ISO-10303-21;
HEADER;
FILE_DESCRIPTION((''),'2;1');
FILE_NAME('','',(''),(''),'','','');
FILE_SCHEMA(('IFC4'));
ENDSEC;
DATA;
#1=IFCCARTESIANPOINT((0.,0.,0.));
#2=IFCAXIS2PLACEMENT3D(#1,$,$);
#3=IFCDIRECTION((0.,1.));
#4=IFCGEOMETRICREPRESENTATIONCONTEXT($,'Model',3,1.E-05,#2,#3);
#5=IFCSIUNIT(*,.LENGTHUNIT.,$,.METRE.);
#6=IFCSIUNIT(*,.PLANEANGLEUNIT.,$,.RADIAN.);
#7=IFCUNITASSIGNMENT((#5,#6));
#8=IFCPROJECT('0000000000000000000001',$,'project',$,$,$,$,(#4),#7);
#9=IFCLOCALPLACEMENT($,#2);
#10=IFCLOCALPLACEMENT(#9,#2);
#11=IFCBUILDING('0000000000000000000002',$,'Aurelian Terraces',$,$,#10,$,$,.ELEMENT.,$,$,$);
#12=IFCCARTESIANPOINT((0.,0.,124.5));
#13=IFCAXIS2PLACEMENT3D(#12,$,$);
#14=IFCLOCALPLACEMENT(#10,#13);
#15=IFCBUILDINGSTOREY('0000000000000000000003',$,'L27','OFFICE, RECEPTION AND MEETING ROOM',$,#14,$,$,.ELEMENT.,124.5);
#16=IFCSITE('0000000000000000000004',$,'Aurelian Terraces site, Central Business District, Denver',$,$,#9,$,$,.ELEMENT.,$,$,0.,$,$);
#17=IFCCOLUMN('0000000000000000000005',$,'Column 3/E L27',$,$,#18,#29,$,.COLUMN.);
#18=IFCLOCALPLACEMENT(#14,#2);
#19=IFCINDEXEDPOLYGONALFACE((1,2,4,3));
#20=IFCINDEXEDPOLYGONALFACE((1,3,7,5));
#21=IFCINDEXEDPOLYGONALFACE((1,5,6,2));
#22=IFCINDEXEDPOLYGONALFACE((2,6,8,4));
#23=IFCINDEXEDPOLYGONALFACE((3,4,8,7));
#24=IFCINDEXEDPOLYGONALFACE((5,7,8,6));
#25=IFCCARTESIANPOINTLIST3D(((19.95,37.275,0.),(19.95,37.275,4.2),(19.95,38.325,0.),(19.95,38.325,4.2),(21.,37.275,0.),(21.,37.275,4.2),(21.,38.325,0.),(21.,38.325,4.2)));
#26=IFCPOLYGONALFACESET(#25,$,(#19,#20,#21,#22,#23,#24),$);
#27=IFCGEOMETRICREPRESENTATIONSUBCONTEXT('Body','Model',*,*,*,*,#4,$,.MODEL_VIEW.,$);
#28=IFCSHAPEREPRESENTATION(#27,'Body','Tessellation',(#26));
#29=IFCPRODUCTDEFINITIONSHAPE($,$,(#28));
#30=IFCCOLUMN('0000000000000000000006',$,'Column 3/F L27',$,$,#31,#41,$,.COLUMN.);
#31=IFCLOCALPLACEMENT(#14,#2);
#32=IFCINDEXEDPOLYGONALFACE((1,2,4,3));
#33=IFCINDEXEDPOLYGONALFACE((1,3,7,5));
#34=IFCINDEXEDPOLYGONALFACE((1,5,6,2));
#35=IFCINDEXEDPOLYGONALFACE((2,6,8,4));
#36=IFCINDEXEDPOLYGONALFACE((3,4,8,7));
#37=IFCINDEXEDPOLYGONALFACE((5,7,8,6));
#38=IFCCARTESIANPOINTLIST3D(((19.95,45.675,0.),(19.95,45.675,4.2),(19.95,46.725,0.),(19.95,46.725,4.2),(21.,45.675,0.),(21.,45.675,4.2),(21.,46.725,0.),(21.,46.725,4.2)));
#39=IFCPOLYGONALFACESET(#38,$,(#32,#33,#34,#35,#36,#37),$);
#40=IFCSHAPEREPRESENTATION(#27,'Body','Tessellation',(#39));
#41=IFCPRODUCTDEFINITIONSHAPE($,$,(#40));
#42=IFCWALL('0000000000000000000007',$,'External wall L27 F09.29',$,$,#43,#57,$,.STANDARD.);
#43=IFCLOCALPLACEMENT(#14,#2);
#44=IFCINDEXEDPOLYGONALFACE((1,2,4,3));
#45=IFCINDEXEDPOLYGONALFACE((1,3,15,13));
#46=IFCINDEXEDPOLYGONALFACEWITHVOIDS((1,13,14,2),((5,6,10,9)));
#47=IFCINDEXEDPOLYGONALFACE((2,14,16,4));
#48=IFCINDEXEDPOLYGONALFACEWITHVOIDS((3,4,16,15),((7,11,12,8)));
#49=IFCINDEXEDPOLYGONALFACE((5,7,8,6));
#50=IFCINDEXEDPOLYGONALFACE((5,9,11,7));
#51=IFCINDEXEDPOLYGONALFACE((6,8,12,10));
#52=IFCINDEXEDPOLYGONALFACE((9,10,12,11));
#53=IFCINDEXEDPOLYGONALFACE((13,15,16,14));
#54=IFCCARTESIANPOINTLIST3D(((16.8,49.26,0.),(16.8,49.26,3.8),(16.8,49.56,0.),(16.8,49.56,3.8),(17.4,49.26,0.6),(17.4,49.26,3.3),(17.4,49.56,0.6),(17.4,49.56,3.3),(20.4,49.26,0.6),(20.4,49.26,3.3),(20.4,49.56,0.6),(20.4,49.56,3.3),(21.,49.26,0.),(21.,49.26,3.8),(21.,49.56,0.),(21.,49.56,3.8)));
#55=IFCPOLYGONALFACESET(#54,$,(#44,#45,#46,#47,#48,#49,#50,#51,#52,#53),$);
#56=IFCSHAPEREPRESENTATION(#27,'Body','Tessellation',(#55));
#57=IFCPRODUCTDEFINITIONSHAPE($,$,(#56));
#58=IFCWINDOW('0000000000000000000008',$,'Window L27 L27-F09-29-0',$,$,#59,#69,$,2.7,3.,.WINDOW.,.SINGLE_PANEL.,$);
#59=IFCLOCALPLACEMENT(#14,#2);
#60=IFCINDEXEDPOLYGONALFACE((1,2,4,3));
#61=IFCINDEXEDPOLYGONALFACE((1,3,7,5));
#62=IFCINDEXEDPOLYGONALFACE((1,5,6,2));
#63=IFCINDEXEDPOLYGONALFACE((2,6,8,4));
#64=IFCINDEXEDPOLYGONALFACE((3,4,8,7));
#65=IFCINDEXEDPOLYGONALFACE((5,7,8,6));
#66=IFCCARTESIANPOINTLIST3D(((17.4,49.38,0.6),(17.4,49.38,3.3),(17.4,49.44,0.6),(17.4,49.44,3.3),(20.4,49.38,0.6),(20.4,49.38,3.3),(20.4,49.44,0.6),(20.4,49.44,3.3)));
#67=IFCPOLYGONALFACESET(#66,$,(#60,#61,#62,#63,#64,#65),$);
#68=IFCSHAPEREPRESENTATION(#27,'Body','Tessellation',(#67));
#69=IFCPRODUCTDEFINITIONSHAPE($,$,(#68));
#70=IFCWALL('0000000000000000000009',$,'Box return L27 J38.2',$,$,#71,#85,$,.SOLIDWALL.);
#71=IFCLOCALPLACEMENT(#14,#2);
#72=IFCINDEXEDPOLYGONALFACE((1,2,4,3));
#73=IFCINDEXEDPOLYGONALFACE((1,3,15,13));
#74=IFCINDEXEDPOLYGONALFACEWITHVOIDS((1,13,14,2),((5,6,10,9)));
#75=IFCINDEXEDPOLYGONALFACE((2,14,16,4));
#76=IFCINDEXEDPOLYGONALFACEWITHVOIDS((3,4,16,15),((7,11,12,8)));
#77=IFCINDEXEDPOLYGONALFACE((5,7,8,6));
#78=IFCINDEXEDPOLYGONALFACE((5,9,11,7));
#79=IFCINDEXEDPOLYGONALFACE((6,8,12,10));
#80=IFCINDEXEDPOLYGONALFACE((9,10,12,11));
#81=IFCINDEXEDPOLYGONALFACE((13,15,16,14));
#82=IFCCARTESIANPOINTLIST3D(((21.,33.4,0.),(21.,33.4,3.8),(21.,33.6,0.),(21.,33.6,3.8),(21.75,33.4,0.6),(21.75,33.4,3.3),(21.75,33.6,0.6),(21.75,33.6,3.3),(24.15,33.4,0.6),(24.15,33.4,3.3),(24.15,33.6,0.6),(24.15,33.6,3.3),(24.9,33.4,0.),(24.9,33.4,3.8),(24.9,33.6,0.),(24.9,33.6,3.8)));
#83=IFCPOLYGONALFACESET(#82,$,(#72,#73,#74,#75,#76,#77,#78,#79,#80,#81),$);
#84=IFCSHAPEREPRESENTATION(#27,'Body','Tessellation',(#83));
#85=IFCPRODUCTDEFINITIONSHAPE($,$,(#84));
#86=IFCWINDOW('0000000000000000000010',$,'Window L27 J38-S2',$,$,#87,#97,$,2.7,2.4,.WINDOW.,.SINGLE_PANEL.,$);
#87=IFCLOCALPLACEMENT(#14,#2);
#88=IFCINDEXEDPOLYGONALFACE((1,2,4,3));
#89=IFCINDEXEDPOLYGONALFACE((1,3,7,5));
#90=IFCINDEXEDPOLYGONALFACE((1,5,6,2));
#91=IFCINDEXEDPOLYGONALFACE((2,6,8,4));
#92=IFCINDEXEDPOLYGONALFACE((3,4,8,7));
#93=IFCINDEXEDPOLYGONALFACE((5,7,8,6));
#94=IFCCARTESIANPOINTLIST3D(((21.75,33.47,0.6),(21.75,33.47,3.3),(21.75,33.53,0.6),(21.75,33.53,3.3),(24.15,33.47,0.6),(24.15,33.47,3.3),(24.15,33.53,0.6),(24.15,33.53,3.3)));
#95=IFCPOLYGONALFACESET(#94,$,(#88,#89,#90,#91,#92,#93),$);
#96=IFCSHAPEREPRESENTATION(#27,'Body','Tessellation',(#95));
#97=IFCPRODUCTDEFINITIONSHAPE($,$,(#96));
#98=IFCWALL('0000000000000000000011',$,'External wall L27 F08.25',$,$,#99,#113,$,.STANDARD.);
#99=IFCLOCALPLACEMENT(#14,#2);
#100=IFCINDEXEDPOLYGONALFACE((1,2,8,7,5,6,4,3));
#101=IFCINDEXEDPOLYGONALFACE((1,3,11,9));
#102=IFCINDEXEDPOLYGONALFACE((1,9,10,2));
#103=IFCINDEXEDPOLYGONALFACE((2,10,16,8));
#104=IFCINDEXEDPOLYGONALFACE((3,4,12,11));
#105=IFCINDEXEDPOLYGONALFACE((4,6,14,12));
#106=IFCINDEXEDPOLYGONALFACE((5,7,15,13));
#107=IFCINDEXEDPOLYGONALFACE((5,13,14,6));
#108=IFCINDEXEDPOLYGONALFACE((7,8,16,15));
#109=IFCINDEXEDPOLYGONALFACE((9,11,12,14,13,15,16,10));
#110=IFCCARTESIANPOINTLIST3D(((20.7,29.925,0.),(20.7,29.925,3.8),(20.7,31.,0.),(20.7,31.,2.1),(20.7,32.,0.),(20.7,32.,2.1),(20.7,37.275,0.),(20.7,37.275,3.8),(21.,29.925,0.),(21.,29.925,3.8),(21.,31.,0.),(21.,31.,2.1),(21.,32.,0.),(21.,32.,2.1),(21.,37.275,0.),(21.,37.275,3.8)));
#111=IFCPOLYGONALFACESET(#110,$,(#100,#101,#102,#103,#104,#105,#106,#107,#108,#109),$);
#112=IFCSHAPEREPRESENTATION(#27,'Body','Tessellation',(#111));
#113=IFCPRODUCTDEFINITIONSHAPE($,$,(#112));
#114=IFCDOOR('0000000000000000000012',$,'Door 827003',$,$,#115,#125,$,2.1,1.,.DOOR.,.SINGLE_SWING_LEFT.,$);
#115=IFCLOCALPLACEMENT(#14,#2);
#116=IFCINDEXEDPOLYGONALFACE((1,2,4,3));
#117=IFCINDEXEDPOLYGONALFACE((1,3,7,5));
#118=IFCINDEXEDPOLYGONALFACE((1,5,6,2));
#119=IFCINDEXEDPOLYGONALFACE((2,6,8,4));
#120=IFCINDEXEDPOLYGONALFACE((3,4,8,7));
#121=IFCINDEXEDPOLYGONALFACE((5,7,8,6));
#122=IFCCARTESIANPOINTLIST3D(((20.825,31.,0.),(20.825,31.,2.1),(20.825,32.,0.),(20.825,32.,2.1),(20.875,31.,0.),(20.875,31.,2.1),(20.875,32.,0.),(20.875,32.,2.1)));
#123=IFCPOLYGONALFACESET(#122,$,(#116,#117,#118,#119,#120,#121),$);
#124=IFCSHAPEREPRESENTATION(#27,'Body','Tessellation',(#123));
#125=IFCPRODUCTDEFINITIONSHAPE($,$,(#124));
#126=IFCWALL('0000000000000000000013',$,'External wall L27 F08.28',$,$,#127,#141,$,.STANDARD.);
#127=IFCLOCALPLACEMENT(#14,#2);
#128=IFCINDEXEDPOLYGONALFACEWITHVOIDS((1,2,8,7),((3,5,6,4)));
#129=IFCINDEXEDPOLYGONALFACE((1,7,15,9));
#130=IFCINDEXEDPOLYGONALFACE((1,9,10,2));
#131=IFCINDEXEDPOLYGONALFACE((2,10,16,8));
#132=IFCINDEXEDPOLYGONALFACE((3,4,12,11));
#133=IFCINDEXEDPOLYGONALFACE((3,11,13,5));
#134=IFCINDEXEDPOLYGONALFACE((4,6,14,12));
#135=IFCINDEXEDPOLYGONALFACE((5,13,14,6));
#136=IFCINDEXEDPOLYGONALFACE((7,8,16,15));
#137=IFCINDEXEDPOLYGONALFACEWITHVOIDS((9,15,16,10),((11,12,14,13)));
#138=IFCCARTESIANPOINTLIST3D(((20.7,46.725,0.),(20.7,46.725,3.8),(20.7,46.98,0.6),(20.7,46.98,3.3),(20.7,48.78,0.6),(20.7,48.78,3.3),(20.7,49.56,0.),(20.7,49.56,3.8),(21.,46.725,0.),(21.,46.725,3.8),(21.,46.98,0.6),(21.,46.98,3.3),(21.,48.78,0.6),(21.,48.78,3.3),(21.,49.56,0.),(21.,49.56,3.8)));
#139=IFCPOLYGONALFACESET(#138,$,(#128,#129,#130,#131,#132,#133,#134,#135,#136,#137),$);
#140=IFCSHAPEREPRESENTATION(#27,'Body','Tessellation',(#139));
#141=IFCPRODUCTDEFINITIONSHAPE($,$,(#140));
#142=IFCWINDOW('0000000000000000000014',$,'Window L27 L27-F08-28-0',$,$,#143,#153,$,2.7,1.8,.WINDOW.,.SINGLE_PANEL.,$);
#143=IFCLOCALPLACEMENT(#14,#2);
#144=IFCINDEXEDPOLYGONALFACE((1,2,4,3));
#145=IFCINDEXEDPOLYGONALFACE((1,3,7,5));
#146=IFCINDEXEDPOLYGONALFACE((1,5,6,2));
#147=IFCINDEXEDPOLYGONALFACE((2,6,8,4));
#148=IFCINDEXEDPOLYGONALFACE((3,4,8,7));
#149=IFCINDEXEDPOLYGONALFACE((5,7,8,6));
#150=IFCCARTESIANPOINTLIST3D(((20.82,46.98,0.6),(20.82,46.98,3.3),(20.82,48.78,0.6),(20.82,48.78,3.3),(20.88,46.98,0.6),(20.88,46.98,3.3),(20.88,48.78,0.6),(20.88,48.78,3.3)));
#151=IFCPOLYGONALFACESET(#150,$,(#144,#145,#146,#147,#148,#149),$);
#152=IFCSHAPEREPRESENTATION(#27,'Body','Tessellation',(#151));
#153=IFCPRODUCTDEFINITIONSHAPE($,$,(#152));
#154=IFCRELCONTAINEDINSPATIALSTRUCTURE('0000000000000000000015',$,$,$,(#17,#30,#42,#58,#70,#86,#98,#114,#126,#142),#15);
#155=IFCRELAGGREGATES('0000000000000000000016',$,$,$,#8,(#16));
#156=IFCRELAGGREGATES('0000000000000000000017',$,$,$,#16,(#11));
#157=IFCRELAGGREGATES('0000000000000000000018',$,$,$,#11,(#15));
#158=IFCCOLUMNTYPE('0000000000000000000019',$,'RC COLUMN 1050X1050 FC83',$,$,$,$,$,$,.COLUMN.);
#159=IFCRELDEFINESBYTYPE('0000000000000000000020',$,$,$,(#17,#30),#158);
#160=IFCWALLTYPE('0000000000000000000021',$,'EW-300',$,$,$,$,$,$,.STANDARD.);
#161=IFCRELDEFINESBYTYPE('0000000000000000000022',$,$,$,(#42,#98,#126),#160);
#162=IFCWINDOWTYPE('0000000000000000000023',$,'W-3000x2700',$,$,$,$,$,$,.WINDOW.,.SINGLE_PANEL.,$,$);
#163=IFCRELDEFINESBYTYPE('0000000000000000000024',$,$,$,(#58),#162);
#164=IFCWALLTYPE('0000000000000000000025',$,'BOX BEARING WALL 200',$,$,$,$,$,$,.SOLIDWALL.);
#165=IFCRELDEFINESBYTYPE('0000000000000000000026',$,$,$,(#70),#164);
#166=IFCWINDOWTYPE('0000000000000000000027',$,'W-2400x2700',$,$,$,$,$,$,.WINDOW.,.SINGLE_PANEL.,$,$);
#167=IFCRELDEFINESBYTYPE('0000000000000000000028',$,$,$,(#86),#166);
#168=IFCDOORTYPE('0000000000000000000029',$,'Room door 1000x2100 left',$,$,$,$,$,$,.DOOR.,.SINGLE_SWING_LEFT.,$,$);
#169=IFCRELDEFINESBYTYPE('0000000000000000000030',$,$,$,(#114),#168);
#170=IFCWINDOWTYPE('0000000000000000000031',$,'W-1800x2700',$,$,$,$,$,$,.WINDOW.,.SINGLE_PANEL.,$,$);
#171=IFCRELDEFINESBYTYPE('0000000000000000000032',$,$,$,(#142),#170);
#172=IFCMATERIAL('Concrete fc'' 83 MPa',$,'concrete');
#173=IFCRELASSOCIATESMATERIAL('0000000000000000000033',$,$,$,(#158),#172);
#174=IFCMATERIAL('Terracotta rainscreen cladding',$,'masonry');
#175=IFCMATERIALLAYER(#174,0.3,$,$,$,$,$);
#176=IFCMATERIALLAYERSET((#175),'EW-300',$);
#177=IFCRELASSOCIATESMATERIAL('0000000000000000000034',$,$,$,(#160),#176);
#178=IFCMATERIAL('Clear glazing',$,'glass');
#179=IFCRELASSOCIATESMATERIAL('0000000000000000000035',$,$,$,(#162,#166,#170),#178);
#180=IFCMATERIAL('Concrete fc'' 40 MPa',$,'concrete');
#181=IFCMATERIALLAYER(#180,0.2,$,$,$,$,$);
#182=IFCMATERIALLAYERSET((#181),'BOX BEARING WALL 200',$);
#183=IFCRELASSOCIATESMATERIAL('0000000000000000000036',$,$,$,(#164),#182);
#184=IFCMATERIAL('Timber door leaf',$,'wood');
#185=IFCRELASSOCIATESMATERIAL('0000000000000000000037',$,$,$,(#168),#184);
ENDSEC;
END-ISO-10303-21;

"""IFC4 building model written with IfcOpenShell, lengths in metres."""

from ifc_helpers import new_model, si_unit, direction, frame, frame_2d, origin, origin_2d, place, context, subcontext, project, spatial, rectangle, extrude, source, transform, mapped, material, layer, layer_set, material_profile, profile_set, type_object, element, fill, save


model = new_model("IFC4")

# Units and contexts
model_context = context("Model", 3, precision=1e-05, world=origin(), true_north=direction((0.0, 1.0)))
body_context = subcontext(model_context, "Body", "Model", "MODEL_VIEW")
ifc_project = project(units=[si_unit("LENGTHUNIT", "METRE"), si_unit("PLANEANGLEUNIT", "RADIAN")], contexts=[model_context])

# Site, building, storey
site_placement = place(None, origin())
site = spatial("IfcSite", under=ifc_project, at=site_placement, Name="Aurelian Terraces site, Central Business District, Denver", CompositionType="ELEMENT", RefElevation=0.0)
building_placement = place(site_placement, origin())
building = spatial("IfcBuilding", under=site, at=building_placement, Name="Aurelian Terraces", CompositionType="ELEMENT")
storey_placement = place(building_placement, frame((0.0, 0.0, 124.5)))
storey = spatial("IfcBuildingStorey", under=building, at=storey_placement, Name="L27", Description="OFFICE, RECEPTION AND MEETING ROOM", CompositionType="ELEMENT", Elevation=124.5)

# Columns
ifc_material_1 = material(Name="Concrete fc' 83 MPa", Category="concrete")
ifc_material_profile = material_profile(ifc_material_1, rectangle(XDim=1.05, YDim=1.05, at=origin_2d()))
ifc_profile_set = profile_set([ifc_material_profile], Name="Concrete fc' 83 MPa")
column_type = type_object("IfcColumnType", Name="RC COLUMN 1050X1050 FC83", PredefinedType="COLUMN", material=ifc_profile_set)
shared_shape_1 = source(origin(), body_context, "Body", "SweptSolid", [
    extrude(rectangle(XDim=1.05, YDim=1.05, at=origin_2d()), origin(), (0.0, 0.0, 1.0), 4.2),
])
for number, where, z_axis, x_axis, name in (
    (1, (20.475, 37.8, 0.0), (0.0, 0.0, 1.0), (1.0, 0.0, 0.0), "Column 3/E L27"),
    (2, (20.475, 46.2, 0.0), (0.0, 0.0, 1.0), (1.0, 0.0, 0.0), "Column 3/F L27"),
):
    element("IfcColumn", number, at=place(storey_placement, frame(where, z_axis=z_axis, x_axis=x_axis)), inside=storey, type_object=column_type, Name=name, PredefinedType="COLUMN", context=body_context, shape_type="MappedRepresentation", body=[
        mapped(shared_shape_1, transform((0.0, 0.0, 0.0), scale=1.0)),
    ])

# Walls, openings, windows
ifc_material_2 = material(Name="Terracotta rainscreen cladding", Category="masonry")
ifc_layer_1 = layer(ifc_material_2, 0.3)
ifc_layer_set_1 = layer_set([ifc_layer_1], Name="EW-300")
wall_type_1 = type_object("IfcWallType", Name="EW-300", PredefinedType="STANDARD", material=ifc_layer_set_1)
shared_shape_2 = source(origin(), body_context, "Body", "SweptSolid", [
    extrude(rectangle(XDim=4.2, YDim=0.3, at=frame_2d((2.1, 0.0))), origin(), (0.0, 0.0, 1.0), 3.8),
])
wall_1_placement = place(storey_placement, frame((21.0, 49.41, 0.0), z_axis=(0.0, 0.0, 1.0), x_axis=(-1.0, 0.0, 0.0)))
wall_1 = element("IfcWall", 3, at=wall_1_placement, inside=storey, type_object=wall_type_1, Name="External wall L27 F09.29", PredefinedType="STANDARD", context=body_context, shape_type="MappedRepresentation", body=[
    mapped(shared_shape_2, transform((0.0, 0.0, 0.0), scale=1.0)),
])
shared_shape_3 = source(origin(), body_context, "Body", "SweptSolid", [
    extrude(rectangle(XDim=3.0, YDim=2.7, at=frame_2d((1.5, 1.35))), frame((0.0, 0.16, 0.0), z_axis=(0.0, -1.0, 0.0), x_axis=(1.0, 0.0, 0.0)), (0.0, 0.0, 1.0), 0.32),
])
opening_1_placement = place(wall_1_placement, frame((0.6, 0.0, 0.6)))
opening_1 = element("IfcOpeningElement", 4, at=opening_1_placement, cuts=wall_1, PredefinedType="OPENING", context=body_context, shape_type="MappedRepresentation", body=[
    mapped(shared_shape_3, transform((0.0, 0.0, 0.0), scale=1.0)),
])
ifc_material_3 = material(Name="Clear glazing", Category="glass")
window_type_1 = type_object("IfcWindowType", Name="W-3000x2700", PartitioningType="SINGLE_PANEL", PredefinedType="WINDOW", material=ifc_material_3)
shared_shape_4 = source(origin(), body_context, "Body", "SweptSolid", [
    extrude(rectangle(XDim=3.0, YDim=2.7, at=frame_2d((1.5, 1.35))), frame((0.0, 0.03, 0.0), z_axis=(0.0, -1.0, 0.0), x_axis=(1.0, 0.0, 0.0)), (0.0, 0.0, 1.0), 0.06),
])
window_1_placement = place(opening_1_placement, origin())
window_1 = element("IfcWindow", 5, at=window_1_placement, inside=storey, type_object=window_type_1, Name="Window L27 L27-F09-29-0", OverallHeight=2.7, OverallWidth=3.0, PartitioningType="SINGLE_PANEL", PredefinedType="WINDOW", context=body_context, shape_type="MappedRepresentation", body=[
    mapped(shared_shape_4, transform((0.0, 0.0, 0.0), scale=1.0)),
])
fill(opening_1, window_1)
ifc_material_4 = material(Name="Concrete fc' 40 MPa", Category="concrete")
ifc_layer_2 = layer(ifc_material_4, 0.2)
ifc_layer_set_2 = layer_set([ifc_layer_2], Name="BOX BEARING WALL 200")
wall_type_2 = type_object("IfcWallType", Name="BOX BEARING WALL 200", PredefinedType="SOLIDWALL", material=ifc_layer_set_2)
shared_shape_5 = source(origin(), body_context, "Body", "SweptSolid", [
    extrude(rectangle(XDim=3.9, YDim=0.2, at=frame_2d((1.95, 0.0))), origin(), (0.0, 0.0, 1.0), 3.8),
])
wall_2_placement = place(storey_placement, frame((21.0, 33.5, 0.0), z_axis=(0.0, 0.0, 1.0), x_axis=(1.0, 0.0, 0.0)))
wall_2 = element("IfcWall", 6, at=wall_2_placement, inside=storey, type_object=wall_type_2, Name="Box return L27 J38.2", PredefinedType="SOLIDWALL", context=body_context, shape_type="MappedRepresentation", body=[
    mapped(shared_shape_5, transform((0.0, 0.0, 0.0), scale=1.0)),
])
shared_shape_6 = source(origin(), body_context, "Body", "SweptSolid", [
    extrude(rectangle(XDim=2.4, YDim=2.7, at=frame_2d((1.2, 1.35))), frame((0.0, 0.11, 0.0), z_axis=(0.0, -1.0, 0.0), x_axis=(1.0, 0.0, 0.0)), (0.0, 0.0, 1.0), 0.22),
])
opening_2_placement = place(wall_2_placement, frame((0.75, 0.0, 0.6)))
opening_2 = element("IfcOpeningElement", 7, at=opening_2_placement, cuts=wall_2, PredefinedType="OPENING", context=body_context, shape_type="MappedRepresentation", body=[
    mapped(shared_shape_6, transform((0.0, 0.0, 0.0), scale=1.0)),
])
window_type_2 = type_object("IfcWindowType", Name="W-2400x2700", PartitioningType="SINGLE_PANEL", PredefinedType="WINDOW", material=ifc_material_3)
shared_shape_7 = source(origin(), body_context, "Body", "SweptSolid", [
    extrude(rectangle(XDim=2.4, YDim=2.7, at=frame_2d((1.2, 1.35))), frame((0.0, 0.03, 0.0), z_axis=(0.0, -1.0, 0.0), x_axis=(1.0, 0.0, 0.0)), (0.0, 0.0, 1.0), 0.06),
])
window_2_placement = place(opening_2_placement, origin())
window_2 = element("IfcWindow", 8, at=window_2_placement, inside=storey, type_object=window_type_2, Name="Window L27 J38-S2", OverallHeight=2.7, OverallWidth=2.4, PartitioningType="SINGLE_PANEL", PredefinedType="WINDOW", context=body_context, shape_type="MappedRepresentation", body=[
    mapped(shared_shape_7, transform((0.0, 0.0, 0.0), scale=1.0)),
])
fill(opening_2, window_2)

# Wall, opening, door
shared_shape_8 = source(origin(), body_context, "Body", "SweptSolid", [
    extrude(rectangle(XDim=7.35, YDim=0.3, at=frame_2d((3.675, 0.0))), origin(), (0.0, 0.0, 1.0), 3.8),
])
wall_3_placement = place(storey_placement, frame((20.85, 29.925, 0.0), z_axis=(0.0, 0.0, 1.0), x_axis=(0.0, 1.0, 0.0)))
wall_3 = element("IfcWall", 9, at=wall_3_placement, inside=storey, type_object=wall_type_1, Name="External wall L27 F08.25", PredefinedType="STANDARD", context=body_context, shape_type="MappedRepresentation", body=[
    mapped(shared_shape_8, transform((0.0, 0.0, 0.0), scale=1.0)),
])
shared_shape_9 = source(origin(), body_context, "Body", "SweptSolid", [
    extrude(rectangle(XDim=1.0, YDim=2.1, at=frame_2d((0.5, 1.05))), frame((0.0, 0.16, 0.0), z_axis=(0.0, -1.0, 0.0), x_axis=(1.0, 0.0, 0.0)), (0.0, 0.0, 1.0), 0.32),
])
opening_3_placement = place(wall_3_placement, frame((1.075, 0.0, 0.0)))
opening_3 = element("IfcOpeningElement", 10, at=opening_3_placement, cuts=wall_3, PredefinedType="OPENING", context=body_context, shape_type="MappedRepresentation", body=[
    mapped(shared_shape_9, transform((0.0, 0.0, 0.0), scale=1.0)),
])
ifc_material_5 = material(Name="Timber door leaf", Category="wood")
door_type_1 = type_object("IfcDoorType", Name="Room door 1000x2100 left", OperationType="SINGLE_SWING_LEFT", PredefinedType="DOOR", material=ifc_material_5)
shared_shape_10 = source(origin(), body_context, "Body", "SweptSolid", [
    extrude(rectangle(XDim=1.0, YDim=2.1, at=frame_2d((0.5, 1.05))), frame((0.0, 0.025, 0.0), z_axis=(0.0, -1.0, 0.0), x_axis=(1.0, 0.0, 0.0)), (0.0, 0.0, 1.0), 0.05),
])
door_1_placement = place(opening_3_placement, origin())
door_1 = element("IfcDoor", 11, at=door_1_placement, inside=storey, type_object=door_type_1, Name="Door 827003", OperationType="SINGLE_SWING_LEFT", OverallHeight=2.1, OverallWidth=1.0, PredefinedType="DOOR", context=body_context, shape_type="MappedRepresentation", body=[
    mapped(shared_shape_10, transform((0.0, 0.0, 0.0), scale=1.0)),
])
fill(opening_3, door_1)

# Wall, opening, window
shared_shape_11 = source(origin(), body_context, "Body", "SweptSolid", [
    extrude(rectangle(XDim=2.835, YDim=0.3, at=frame_2d((1.4175, 0.0))), origin(), (0.0, 0.0, 1.0), 3.8),
])
wall_4_placement = place(storey_placement, frame((20.85, 46.725, 0.0), z_axis=(0.0, 0.0, 1.0), x_axis=(0.0, 1.0, 0.0)))
wall_4 = element("IfcWall", 12, at=wall_4_placement, inside=storey, type_object=wall_type_1, Name="External wall L27 F08.28", PredefinedType="STANDARD", context=body_context, shape_type="MappedRepresentation", body=[
    mapped(shared_shape_11, transform((0.0, 0.0, 0.0), scale=1.0)),
])
shared_shape_12 = source(origin(), body_context, "Body", "SweptSolid", [
    extrude(rectangle(XDim=1.8, YDim=2.7, at=frame_2d((0.9, 1.35))), frame((0.0, 0.16, 0.0), z_axis=(0.0, -1.0, 0.0), x_axis=(1.0, 0.0, 0.0)), (0.0, 0.0, 1.0), 0.32),
])
opening_4_placement = place(wall_4_placement, frame((0.255, 0.0, 0.6)))
opening_4 = element("IfcOpeningElement", 13, at=opening_4_placement, cuts=wall_4, PredefinedType="OPENING", context=body_context, shape_type="MappedRepresentation", body=[
    mapped(shared_shape_12, transform((0.0, 0.0, 0.0), scale=1.0)),
])
window_type_3 = type_object("IfcWindowType", Name="W-1800x2700", PartitioningType="SINGLE_PANEL", PredefinedType="WINDOW", material=ifc_material_3)
shared_shape_13 = source(origin(), body_context, "Body", "SweptSolid", [
    extrude(rectangle(XDim=1.8, YDim=2.7, at=frame_2d((0.9, 1.35))), frame((0.0, 0.03, 0.0), z_axis=(0.0, -1.0, 0.0), x_axis=(1.0, 0.0, 0.0)), (0.0, 0.0, 1.0), 0.06),
])
window_3_placement = place(opening_4_placement, origin())
window_3 = element("IfcWindow", 14, at=window_3_placement, inside=storey, type_object=window_type_3, Name="Window L27 L27-F08-28-0", OverallHeight=2.7, OverallWidth=1.8, PartitioningType="SINGLE_PANEL", PredefinedType="WINDOW", context=body_context, shape_type="MappedRepresentation", body=[
    mapped(shared_shape_13, transform((0.0, 0.0, 0.0), scale=1.0)),
])
fill(opening_4, window_3)

save(model, "model.ifc")
